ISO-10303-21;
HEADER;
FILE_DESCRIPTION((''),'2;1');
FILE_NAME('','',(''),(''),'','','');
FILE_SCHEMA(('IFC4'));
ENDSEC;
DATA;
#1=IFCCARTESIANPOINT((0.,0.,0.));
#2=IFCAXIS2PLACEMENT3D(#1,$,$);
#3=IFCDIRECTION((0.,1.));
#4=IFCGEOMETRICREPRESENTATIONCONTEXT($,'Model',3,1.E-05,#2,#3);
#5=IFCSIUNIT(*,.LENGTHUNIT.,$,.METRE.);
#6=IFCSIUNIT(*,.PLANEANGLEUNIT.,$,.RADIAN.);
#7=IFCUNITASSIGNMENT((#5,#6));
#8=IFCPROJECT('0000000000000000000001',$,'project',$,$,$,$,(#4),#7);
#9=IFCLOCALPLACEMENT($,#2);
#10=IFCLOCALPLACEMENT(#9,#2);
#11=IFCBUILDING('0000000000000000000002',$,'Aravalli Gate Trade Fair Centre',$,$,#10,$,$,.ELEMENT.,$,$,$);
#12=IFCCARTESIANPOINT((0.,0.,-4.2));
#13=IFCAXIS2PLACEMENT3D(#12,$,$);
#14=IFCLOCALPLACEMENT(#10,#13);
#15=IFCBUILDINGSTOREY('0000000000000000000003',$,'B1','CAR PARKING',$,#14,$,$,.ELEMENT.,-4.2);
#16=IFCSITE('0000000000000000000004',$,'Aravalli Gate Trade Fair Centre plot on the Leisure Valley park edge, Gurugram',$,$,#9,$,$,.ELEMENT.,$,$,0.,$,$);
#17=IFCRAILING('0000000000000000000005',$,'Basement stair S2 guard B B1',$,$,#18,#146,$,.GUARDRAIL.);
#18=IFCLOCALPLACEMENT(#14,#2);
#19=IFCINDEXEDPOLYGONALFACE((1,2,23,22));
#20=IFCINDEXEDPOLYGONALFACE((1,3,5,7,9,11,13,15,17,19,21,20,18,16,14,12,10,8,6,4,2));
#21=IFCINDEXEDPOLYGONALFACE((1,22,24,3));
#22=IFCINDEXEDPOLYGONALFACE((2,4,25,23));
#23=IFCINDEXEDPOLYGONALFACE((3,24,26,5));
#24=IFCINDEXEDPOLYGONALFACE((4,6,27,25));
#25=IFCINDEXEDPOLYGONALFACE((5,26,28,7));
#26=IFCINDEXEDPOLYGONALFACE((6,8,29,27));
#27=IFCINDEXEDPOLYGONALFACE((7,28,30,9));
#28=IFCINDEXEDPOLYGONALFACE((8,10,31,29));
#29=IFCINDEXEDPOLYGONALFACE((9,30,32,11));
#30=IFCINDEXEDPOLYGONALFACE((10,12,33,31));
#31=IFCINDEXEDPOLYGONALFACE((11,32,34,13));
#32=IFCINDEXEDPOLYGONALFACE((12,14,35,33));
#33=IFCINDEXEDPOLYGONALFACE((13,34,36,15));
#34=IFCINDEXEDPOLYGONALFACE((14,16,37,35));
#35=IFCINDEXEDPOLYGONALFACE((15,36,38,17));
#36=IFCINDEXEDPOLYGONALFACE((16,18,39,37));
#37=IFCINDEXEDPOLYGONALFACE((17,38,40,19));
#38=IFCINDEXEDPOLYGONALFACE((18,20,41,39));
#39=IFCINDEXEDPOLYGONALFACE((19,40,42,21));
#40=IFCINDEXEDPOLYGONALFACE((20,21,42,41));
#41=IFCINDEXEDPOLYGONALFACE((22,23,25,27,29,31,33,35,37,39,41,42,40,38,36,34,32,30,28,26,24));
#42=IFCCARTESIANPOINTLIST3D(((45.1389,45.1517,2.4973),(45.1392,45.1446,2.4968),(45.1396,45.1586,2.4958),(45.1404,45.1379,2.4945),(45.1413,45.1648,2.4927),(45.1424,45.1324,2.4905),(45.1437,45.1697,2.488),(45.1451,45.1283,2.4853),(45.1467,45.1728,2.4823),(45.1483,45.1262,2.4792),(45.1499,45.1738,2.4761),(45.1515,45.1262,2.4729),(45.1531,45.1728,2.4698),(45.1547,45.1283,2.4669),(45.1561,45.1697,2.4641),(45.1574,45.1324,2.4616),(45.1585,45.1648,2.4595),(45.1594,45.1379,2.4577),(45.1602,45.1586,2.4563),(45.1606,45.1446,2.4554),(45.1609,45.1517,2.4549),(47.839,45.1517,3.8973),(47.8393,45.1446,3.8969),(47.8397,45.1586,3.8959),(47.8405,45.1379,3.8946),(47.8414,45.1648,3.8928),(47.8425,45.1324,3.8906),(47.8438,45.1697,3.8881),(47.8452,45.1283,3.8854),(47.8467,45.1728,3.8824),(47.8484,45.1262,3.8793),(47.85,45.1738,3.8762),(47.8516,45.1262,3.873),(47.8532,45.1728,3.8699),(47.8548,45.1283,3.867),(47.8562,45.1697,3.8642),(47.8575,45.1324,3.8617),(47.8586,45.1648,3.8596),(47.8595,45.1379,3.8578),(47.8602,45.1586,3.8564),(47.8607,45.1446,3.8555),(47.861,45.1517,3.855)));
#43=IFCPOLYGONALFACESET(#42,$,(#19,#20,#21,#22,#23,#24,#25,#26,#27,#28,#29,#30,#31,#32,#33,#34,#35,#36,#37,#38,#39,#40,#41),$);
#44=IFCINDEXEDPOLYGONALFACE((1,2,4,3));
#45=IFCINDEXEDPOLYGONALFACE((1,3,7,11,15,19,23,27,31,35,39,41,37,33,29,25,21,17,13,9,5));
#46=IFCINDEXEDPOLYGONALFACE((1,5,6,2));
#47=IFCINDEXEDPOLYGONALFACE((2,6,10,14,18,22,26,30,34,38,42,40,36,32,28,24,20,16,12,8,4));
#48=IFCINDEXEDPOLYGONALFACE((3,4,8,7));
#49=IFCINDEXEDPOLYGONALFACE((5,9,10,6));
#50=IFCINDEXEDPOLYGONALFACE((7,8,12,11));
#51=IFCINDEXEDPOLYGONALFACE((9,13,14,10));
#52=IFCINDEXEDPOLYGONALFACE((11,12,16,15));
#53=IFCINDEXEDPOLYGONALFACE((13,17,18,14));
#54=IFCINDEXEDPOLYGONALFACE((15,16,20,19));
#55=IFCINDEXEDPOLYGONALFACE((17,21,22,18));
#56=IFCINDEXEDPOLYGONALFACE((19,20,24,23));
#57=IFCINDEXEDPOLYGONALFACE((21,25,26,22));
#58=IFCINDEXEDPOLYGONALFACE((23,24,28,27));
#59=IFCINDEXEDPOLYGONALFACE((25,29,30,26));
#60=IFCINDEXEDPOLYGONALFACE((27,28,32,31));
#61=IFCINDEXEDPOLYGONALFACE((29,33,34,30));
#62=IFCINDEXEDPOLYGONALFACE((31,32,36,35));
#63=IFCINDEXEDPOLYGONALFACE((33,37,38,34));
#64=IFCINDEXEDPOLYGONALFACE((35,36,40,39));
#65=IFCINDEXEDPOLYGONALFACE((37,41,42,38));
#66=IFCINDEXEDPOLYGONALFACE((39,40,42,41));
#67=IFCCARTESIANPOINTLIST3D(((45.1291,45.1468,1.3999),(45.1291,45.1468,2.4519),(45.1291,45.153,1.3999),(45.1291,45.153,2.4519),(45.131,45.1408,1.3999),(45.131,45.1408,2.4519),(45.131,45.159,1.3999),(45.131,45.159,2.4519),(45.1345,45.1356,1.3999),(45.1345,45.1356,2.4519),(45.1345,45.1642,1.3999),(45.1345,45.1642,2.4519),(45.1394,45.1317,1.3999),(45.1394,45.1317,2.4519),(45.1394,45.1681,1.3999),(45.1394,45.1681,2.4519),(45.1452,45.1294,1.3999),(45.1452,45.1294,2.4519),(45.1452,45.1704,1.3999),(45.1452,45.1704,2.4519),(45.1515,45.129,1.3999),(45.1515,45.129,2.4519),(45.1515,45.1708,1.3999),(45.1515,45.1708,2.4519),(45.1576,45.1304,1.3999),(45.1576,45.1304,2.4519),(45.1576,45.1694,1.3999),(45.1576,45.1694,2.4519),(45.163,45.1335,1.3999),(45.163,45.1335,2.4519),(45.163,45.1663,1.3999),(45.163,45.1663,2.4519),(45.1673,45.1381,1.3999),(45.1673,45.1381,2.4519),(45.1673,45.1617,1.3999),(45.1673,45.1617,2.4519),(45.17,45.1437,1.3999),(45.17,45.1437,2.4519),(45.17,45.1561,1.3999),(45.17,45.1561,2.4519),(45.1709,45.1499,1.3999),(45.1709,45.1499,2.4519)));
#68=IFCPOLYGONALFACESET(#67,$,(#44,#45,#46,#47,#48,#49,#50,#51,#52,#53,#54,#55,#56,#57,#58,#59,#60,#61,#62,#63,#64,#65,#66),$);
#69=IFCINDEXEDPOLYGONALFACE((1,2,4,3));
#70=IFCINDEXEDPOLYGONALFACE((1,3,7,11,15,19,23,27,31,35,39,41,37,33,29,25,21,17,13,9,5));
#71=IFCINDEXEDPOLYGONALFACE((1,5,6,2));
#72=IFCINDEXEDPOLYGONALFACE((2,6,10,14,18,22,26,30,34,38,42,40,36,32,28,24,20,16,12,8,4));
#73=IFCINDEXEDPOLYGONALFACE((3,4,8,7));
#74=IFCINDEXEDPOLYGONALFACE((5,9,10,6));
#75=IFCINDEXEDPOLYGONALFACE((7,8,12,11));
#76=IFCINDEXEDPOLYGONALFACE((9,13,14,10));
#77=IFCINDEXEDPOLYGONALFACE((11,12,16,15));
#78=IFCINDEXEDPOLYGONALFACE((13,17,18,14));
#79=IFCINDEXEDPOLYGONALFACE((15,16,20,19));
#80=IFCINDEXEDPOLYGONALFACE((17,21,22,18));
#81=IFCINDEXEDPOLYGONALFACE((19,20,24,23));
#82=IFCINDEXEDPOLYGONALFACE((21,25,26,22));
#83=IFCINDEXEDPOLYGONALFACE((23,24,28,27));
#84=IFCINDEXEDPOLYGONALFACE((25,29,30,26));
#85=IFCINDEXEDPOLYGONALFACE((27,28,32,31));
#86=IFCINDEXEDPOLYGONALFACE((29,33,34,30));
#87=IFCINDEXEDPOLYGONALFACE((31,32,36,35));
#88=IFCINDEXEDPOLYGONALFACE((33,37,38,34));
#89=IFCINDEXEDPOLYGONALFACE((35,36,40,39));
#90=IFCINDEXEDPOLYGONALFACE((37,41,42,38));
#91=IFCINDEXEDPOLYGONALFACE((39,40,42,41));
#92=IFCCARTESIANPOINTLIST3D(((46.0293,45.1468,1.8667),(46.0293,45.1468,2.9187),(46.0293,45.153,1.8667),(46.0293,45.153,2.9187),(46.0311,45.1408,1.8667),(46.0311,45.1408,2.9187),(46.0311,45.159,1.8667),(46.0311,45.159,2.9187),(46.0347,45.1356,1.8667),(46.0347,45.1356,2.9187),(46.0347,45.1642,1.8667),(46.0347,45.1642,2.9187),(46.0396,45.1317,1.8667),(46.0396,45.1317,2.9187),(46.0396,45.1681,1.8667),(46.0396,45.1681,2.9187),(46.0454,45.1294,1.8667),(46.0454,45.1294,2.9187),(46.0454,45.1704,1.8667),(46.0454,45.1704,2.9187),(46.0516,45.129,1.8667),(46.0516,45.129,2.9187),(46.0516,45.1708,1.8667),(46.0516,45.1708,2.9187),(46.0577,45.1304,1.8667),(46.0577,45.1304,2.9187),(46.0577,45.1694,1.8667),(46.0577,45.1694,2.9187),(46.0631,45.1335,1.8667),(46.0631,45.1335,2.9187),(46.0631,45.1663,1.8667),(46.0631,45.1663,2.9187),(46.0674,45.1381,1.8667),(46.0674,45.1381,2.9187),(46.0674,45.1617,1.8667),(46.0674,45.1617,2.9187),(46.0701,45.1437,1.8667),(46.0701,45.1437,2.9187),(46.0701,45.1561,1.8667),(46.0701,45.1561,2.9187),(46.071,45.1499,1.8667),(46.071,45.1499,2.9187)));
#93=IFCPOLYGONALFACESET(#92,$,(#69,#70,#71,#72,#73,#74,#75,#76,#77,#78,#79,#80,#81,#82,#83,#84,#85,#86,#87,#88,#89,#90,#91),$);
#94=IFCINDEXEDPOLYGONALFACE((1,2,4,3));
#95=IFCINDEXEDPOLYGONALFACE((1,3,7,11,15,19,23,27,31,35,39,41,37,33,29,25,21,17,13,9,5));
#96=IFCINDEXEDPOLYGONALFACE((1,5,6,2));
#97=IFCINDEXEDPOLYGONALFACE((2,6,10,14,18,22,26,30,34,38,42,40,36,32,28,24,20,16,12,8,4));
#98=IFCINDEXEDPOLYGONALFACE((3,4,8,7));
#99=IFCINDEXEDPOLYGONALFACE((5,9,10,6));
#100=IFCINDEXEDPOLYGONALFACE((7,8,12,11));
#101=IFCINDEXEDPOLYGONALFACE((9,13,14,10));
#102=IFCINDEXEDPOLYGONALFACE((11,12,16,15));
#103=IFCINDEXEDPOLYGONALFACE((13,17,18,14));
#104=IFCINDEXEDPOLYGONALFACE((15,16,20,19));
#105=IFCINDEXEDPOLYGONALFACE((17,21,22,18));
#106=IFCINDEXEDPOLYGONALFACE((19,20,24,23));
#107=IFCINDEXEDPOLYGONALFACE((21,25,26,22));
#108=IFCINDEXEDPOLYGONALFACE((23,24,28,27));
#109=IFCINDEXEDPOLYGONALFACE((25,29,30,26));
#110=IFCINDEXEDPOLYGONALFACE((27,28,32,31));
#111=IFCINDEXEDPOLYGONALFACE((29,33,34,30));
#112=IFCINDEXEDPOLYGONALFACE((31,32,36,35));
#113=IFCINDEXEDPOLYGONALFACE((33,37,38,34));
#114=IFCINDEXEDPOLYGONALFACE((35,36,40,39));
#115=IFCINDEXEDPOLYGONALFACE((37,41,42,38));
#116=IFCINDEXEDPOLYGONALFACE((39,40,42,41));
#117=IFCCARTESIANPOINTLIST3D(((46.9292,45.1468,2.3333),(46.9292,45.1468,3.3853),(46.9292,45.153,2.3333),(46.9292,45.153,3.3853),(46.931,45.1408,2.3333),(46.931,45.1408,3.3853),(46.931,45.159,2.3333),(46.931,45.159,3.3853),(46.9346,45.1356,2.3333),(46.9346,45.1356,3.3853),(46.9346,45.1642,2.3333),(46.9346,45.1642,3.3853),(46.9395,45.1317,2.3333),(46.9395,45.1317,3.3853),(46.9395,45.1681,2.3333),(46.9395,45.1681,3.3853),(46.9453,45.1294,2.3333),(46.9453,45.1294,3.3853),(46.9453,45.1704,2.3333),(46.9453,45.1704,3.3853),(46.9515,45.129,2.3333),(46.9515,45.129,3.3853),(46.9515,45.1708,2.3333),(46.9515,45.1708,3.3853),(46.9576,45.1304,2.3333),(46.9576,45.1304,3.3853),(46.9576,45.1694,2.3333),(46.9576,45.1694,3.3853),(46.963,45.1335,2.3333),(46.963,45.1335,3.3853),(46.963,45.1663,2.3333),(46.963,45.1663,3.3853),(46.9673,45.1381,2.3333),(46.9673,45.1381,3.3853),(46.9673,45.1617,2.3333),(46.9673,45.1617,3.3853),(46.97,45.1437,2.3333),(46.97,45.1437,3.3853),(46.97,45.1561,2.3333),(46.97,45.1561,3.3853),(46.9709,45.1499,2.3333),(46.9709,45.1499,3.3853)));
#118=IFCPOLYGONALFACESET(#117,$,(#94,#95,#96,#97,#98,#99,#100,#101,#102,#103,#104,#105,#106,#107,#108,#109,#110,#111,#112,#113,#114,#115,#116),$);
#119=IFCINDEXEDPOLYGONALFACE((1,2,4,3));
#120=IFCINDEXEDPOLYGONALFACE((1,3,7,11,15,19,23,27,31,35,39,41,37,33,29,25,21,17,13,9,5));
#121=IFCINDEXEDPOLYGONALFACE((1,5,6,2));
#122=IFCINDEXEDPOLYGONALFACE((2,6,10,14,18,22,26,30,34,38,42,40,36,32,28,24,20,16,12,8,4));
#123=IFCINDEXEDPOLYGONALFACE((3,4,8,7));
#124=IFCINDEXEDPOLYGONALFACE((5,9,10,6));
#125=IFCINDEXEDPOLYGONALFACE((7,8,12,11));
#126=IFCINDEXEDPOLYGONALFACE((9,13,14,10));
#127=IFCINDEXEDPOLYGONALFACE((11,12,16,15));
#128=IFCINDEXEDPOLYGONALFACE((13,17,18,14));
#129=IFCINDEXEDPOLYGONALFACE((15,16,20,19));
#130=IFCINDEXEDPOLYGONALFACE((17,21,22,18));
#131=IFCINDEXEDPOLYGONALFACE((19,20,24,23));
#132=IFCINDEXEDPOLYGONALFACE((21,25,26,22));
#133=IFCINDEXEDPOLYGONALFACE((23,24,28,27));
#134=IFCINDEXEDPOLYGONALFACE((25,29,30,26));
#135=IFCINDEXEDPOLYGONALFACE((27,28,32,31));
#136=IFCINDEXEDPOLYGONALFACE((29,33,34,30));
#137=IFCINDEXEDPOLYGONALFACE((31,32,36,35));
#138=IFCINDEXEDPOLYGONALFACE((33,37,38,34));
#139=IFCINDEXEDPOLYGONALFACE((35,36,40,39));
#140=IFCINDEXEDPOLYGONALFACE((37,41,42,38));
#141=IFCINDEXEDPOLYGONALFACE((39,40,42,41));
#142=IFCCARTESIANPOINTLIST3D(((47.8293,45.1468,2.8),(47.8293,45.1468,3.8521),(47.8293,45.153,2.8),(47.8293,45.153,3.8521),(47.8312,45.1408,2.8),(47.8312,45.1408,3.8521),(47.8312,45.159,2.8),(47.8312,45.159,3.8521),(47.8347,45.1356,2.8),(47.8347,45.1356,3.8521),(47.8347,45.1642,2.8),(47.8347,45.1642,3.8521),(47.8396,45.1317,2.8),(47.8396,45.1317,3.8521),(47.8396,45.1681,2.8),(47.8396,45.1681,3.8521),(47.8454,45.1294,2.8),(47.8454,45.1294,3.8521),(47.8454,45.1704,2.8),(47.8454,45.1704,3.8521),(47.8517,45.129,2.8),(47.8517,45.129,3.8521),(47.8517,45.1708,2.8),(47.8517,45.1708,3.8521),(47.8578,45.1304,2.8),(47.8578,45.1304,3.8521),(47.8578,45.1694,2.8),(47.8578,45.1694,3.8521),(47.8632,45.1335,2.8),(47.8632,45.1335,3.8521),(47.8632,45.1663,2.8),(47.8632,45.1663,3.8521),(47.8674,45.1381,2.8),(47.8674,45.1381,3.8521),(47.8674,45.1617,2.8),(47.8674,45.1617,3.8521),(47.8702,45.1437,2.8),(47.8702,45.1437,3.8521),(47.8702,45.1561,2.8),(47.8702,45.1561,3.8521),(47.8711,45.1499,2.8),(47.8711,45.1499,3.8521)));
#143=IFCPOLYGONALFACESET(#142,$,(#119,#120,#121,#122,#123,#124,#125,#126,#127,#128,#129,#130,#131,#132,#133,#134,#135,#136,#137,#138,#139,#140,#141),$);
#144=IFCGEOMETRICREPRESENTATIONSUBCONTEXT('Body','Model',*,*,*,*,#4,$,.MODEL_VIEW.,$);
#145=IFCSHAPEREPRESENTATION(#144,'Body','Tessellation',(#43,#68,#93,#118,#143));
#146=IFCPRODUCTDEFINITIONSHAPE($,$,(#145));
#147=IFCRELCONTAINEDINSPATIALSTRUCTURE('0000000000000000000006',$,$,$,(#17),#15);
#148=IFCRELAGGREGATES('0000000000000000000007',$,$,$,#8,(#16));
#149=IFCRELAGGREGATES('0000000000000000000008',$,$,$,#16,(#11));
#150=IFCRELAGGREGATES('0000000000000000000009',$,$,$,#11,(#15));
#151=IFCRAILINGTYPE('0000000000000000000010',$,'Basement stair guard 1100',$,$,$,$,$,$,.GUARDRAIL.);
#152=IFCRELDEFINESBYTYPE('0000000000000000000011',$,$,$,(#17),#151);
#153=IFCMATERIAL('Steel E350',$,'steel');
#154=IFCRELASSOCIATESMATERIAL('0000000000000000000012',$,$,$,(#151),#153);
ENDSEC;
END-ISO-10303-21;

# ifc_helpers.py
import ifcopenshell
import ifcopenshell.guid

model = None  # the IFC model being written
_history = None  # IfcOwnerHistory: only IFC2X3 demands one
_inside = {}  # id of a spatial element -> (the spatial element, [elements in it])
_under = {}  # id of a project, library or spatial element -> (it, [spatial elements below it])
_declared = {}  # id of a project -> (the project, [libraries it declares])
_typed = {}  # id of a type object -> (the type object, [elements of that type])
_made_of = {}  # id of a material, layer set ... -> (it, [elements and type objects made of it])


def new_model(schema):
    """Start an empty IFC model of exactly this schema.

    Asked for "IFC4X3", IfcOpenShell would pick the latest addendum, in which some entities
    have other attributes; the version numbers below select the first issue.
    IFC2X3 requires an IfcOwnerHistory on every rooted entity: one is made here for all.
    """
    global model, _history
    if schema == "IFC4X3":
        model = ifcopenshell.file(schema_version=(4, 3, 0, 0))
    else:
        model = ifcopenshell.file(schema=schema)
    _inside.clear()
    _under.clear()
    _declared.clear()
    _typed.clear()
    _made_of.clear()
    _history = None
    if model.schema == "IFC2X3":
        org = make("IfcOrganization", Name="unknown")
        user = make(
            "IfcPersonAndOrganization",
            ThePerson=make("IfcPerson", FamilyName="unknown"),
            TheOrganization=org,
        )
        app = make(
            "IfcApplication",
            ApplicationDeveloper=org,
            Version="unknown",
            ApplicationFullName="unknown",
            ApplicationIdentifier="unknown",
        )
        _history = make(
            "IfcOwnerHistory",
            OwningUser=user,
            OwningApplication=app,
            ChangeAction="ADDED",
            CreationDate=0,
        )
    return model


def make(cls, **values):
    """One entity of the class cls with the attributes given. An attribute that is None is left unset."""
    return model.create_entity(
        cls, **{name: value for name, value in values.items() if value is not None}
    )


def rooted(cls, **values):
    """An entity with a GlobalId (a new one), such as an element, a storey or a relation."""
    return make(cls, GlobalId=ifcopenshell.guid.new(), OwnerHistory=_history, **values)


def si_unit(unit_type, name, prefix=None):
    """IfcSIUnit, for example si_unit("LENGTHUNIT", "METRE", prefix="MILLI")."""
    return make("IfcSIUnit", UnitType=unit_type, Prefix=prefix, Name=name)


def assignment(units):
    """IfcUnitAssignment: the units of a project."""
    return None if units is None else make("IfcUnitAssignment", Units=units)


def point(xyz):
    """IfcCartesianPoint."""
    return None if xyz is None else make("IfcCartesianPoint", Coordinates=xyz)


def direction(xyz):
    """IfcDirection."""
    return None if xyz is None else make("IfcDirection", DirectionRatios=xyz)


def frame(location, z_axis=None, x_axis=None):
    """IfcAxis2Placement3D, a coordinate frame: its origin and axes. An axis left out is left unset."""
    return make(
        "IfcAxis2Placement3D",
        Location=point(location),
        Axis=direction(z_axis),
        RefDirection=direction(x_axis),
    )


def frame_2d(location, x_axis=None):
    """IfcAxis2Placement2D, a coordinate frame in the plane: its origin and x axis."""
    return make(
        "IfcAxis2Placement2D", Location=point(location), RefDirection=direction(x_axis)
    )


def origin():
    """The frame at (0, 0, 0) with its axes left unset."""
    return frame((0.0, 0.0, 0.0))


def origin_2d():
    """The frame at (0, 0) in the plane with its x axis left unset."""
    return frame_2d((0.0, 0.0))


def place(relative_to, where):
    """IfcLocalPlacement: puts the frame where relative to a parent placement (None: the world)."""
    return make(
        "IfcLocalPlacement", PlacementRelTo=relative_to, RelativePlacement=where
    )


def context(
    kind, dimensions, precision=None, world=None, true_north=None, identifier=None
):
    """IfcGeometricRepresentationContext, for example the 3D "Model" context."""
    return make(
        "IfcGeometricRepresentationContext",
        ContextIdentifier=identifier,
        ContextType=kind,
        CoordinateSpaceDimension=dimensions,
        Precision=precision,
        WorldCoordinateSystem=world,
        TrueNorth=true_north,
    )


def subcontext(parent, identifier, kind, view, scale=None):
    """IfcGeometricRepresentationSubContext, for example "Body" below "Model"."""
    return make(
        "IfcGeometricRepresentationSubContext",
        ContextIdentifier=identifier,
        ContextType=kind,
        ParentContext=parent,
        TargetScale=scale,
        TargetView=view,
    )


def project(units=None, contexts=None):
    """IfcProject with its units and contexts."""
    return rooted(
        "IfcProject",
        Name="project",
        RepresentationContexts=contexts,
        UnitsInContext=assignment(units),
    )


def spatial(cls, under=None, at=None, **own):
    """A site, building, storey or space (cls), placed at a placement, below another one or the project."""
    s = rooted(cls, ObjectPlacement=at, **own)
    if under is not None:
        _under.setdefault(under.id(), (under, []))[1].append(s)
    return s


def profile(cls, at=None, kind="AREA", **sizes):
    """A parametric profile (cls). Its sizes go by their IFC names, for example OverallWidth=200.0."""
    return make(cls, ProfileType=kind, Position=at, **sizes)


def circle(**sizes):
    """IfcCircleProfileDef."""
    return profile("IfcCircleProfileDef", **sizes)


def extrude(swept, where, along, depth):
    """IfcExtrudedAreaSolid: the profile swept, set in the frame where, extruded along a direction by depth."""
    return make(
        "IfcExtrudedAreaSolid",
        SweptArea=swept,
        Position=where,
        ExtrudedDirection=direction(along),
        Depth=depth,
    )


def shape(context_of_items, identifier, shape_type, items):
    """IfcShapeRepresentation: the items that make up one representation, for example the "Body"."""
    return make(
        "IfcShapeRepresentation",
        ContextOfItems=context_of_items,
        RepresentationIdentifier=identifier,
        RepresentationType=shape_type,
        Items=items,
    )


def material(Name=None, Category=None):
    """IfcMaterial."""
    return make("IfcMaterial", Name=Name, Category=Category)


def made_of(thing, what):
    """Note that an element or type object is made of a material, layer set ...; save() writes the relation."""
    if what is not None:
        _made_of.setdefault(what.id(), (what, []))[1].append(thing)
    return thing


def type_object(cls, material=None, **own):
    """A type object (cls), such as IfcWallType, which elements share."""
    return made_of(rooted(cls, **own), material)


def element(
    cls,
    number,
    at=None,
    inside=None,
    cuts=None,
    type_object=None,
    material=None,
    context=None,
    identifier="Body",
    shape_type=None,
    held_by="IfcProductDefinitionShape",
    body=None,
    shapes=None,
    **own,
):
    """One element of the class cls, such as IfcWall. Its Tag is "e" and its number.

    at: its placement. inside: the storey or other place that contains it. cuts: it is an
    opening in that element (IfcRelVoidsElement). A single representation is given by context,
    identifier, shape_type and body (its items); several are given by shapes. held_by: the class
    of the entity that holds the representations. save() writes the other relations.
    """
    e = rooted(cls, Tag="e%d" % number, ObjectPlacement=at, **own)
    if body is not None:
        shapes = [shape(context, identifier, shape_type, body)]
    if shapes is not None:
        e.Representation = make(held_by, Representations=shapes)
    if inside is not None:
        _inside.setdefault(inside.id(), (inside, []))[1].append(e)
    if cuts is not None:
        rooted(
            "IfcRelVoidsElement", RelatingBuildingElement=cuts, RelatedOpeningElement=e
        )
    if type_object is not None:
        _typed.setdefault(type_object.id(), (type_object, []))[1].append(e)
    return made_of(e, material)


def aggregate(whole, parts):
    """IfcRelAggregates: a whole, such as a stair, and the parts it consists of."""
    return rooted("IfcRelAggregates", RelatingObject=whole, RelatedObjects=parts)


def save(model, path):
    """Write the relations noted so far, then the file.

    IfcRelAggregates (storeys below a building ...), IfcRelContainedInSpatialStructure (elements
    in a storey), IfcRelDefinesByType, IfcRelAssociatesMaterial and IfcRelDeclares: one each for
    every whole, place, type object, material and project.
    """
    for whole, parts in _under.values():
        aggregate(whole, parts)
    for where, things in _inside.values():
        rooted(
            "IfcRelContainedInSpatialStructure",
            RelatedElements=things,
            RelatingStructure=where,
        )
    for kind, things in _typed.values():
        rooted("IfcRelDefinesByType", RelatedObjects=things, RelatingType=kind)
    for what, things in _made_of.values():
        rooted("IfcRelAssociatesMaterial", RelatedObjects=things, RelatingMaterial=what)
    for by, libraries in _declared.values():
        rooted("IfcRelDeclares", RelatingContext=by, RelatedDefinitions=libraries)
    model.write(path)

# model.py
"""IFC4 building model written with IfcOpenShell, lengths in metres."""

from ifc_helpers import new_model, si_unit, direction, frame, origin, origin_2d, place, context, subcontext, project, spatial, circle, extrude, material, type_object, element, save


model = new_model("IFC4")

# Units and contexts
model_context = context("Model", 3, precision=1e-05, world=origin(), true_north=direction((0.0, 1.0)))
body_context = subcontext(model_context, "Body", "Model", "MODEL_VIEW")
ifc_project = project(units=[si_unit("LENGTHUNIT", "METRE"), si_unit("PLANEANGLEUNIT", "RADIAN")], contexts=[model_context])

# Site, building, storey
site_placement = place(None, origin())
site = spatial("IfcSite", under=ifc_project, at=site_placement, Name="Aravalli Gate Trade Fair Centre plot on the Leisure Valley park edge, Gurugram", CompositionType="ELEMENT", RefElevation=0.0)
building_placement = place(site_placement, origin())
building = spatial("IfcBuilding", under=site, at=building_placement, Name="Aravalli Gate Trade Fair Centre", CompositionType="ELEMENT")
storey_placement = place(building_placement, frame((0.0, 0.0, -4.2)))
storey = spatial("IfcBuildingStorey", under=building, at=storey_placement, Name="B1", Description="CAR PARKING", CompositionType="ELEMENT", Elevation=-4.2)

# Railing
ifc_material_1 = material(Name="Steel E350", Category="steel")
railing_type = type_object("IfcRailingType", Name="Basement stair guard 1100", PredefinedType="GUARDRAIL", material=ifc_material_1)
railing_1_placement = place(storey_placement, frame((45.1499, 45.1499, 1.3999)))
element("IfcRailing", 1, at=railing_1_placement, inside=storey, type_object=railing_type, Name="Basement stair S2 guard B B1", PredefinedType="GUARDRAIL", context=body_context, shape_type="SweptSolid", body=[
    extrude(circle(Radius=0.0239, at=origin_2d()), frame((0.0, 0.0, 1.0762), z_axis=(0.887748, 0.0, 0.460329), x_axis=(0.0, 1.0, 0.0)), (0.0, 0.0, 1.0), 3.0415),
    extrude(circle(Radius=0.021, at=origin_2d()), origin(), (0.0, 0.0, 1.0), 1.052),
    extrude(circle(Radius=0.021, at=origin_2d()), frame((0.9001, 0.0, 0.4668)), (0.0, 0.0, 1.0), 1.052),
    extrude(circle(Radius=0.021, at=origin_2d()), frame((1.8, 0.0, 0.9333)), (0.0, 0.0, 1.0), 1.052),
    extrude(circle(Radius=0.021, at=origin_2d()), frame((2.7002, 0.0, 1.4001)), (0.0, 0.0, 1.0), 1.052),
])

save(model, "model.ifc")
